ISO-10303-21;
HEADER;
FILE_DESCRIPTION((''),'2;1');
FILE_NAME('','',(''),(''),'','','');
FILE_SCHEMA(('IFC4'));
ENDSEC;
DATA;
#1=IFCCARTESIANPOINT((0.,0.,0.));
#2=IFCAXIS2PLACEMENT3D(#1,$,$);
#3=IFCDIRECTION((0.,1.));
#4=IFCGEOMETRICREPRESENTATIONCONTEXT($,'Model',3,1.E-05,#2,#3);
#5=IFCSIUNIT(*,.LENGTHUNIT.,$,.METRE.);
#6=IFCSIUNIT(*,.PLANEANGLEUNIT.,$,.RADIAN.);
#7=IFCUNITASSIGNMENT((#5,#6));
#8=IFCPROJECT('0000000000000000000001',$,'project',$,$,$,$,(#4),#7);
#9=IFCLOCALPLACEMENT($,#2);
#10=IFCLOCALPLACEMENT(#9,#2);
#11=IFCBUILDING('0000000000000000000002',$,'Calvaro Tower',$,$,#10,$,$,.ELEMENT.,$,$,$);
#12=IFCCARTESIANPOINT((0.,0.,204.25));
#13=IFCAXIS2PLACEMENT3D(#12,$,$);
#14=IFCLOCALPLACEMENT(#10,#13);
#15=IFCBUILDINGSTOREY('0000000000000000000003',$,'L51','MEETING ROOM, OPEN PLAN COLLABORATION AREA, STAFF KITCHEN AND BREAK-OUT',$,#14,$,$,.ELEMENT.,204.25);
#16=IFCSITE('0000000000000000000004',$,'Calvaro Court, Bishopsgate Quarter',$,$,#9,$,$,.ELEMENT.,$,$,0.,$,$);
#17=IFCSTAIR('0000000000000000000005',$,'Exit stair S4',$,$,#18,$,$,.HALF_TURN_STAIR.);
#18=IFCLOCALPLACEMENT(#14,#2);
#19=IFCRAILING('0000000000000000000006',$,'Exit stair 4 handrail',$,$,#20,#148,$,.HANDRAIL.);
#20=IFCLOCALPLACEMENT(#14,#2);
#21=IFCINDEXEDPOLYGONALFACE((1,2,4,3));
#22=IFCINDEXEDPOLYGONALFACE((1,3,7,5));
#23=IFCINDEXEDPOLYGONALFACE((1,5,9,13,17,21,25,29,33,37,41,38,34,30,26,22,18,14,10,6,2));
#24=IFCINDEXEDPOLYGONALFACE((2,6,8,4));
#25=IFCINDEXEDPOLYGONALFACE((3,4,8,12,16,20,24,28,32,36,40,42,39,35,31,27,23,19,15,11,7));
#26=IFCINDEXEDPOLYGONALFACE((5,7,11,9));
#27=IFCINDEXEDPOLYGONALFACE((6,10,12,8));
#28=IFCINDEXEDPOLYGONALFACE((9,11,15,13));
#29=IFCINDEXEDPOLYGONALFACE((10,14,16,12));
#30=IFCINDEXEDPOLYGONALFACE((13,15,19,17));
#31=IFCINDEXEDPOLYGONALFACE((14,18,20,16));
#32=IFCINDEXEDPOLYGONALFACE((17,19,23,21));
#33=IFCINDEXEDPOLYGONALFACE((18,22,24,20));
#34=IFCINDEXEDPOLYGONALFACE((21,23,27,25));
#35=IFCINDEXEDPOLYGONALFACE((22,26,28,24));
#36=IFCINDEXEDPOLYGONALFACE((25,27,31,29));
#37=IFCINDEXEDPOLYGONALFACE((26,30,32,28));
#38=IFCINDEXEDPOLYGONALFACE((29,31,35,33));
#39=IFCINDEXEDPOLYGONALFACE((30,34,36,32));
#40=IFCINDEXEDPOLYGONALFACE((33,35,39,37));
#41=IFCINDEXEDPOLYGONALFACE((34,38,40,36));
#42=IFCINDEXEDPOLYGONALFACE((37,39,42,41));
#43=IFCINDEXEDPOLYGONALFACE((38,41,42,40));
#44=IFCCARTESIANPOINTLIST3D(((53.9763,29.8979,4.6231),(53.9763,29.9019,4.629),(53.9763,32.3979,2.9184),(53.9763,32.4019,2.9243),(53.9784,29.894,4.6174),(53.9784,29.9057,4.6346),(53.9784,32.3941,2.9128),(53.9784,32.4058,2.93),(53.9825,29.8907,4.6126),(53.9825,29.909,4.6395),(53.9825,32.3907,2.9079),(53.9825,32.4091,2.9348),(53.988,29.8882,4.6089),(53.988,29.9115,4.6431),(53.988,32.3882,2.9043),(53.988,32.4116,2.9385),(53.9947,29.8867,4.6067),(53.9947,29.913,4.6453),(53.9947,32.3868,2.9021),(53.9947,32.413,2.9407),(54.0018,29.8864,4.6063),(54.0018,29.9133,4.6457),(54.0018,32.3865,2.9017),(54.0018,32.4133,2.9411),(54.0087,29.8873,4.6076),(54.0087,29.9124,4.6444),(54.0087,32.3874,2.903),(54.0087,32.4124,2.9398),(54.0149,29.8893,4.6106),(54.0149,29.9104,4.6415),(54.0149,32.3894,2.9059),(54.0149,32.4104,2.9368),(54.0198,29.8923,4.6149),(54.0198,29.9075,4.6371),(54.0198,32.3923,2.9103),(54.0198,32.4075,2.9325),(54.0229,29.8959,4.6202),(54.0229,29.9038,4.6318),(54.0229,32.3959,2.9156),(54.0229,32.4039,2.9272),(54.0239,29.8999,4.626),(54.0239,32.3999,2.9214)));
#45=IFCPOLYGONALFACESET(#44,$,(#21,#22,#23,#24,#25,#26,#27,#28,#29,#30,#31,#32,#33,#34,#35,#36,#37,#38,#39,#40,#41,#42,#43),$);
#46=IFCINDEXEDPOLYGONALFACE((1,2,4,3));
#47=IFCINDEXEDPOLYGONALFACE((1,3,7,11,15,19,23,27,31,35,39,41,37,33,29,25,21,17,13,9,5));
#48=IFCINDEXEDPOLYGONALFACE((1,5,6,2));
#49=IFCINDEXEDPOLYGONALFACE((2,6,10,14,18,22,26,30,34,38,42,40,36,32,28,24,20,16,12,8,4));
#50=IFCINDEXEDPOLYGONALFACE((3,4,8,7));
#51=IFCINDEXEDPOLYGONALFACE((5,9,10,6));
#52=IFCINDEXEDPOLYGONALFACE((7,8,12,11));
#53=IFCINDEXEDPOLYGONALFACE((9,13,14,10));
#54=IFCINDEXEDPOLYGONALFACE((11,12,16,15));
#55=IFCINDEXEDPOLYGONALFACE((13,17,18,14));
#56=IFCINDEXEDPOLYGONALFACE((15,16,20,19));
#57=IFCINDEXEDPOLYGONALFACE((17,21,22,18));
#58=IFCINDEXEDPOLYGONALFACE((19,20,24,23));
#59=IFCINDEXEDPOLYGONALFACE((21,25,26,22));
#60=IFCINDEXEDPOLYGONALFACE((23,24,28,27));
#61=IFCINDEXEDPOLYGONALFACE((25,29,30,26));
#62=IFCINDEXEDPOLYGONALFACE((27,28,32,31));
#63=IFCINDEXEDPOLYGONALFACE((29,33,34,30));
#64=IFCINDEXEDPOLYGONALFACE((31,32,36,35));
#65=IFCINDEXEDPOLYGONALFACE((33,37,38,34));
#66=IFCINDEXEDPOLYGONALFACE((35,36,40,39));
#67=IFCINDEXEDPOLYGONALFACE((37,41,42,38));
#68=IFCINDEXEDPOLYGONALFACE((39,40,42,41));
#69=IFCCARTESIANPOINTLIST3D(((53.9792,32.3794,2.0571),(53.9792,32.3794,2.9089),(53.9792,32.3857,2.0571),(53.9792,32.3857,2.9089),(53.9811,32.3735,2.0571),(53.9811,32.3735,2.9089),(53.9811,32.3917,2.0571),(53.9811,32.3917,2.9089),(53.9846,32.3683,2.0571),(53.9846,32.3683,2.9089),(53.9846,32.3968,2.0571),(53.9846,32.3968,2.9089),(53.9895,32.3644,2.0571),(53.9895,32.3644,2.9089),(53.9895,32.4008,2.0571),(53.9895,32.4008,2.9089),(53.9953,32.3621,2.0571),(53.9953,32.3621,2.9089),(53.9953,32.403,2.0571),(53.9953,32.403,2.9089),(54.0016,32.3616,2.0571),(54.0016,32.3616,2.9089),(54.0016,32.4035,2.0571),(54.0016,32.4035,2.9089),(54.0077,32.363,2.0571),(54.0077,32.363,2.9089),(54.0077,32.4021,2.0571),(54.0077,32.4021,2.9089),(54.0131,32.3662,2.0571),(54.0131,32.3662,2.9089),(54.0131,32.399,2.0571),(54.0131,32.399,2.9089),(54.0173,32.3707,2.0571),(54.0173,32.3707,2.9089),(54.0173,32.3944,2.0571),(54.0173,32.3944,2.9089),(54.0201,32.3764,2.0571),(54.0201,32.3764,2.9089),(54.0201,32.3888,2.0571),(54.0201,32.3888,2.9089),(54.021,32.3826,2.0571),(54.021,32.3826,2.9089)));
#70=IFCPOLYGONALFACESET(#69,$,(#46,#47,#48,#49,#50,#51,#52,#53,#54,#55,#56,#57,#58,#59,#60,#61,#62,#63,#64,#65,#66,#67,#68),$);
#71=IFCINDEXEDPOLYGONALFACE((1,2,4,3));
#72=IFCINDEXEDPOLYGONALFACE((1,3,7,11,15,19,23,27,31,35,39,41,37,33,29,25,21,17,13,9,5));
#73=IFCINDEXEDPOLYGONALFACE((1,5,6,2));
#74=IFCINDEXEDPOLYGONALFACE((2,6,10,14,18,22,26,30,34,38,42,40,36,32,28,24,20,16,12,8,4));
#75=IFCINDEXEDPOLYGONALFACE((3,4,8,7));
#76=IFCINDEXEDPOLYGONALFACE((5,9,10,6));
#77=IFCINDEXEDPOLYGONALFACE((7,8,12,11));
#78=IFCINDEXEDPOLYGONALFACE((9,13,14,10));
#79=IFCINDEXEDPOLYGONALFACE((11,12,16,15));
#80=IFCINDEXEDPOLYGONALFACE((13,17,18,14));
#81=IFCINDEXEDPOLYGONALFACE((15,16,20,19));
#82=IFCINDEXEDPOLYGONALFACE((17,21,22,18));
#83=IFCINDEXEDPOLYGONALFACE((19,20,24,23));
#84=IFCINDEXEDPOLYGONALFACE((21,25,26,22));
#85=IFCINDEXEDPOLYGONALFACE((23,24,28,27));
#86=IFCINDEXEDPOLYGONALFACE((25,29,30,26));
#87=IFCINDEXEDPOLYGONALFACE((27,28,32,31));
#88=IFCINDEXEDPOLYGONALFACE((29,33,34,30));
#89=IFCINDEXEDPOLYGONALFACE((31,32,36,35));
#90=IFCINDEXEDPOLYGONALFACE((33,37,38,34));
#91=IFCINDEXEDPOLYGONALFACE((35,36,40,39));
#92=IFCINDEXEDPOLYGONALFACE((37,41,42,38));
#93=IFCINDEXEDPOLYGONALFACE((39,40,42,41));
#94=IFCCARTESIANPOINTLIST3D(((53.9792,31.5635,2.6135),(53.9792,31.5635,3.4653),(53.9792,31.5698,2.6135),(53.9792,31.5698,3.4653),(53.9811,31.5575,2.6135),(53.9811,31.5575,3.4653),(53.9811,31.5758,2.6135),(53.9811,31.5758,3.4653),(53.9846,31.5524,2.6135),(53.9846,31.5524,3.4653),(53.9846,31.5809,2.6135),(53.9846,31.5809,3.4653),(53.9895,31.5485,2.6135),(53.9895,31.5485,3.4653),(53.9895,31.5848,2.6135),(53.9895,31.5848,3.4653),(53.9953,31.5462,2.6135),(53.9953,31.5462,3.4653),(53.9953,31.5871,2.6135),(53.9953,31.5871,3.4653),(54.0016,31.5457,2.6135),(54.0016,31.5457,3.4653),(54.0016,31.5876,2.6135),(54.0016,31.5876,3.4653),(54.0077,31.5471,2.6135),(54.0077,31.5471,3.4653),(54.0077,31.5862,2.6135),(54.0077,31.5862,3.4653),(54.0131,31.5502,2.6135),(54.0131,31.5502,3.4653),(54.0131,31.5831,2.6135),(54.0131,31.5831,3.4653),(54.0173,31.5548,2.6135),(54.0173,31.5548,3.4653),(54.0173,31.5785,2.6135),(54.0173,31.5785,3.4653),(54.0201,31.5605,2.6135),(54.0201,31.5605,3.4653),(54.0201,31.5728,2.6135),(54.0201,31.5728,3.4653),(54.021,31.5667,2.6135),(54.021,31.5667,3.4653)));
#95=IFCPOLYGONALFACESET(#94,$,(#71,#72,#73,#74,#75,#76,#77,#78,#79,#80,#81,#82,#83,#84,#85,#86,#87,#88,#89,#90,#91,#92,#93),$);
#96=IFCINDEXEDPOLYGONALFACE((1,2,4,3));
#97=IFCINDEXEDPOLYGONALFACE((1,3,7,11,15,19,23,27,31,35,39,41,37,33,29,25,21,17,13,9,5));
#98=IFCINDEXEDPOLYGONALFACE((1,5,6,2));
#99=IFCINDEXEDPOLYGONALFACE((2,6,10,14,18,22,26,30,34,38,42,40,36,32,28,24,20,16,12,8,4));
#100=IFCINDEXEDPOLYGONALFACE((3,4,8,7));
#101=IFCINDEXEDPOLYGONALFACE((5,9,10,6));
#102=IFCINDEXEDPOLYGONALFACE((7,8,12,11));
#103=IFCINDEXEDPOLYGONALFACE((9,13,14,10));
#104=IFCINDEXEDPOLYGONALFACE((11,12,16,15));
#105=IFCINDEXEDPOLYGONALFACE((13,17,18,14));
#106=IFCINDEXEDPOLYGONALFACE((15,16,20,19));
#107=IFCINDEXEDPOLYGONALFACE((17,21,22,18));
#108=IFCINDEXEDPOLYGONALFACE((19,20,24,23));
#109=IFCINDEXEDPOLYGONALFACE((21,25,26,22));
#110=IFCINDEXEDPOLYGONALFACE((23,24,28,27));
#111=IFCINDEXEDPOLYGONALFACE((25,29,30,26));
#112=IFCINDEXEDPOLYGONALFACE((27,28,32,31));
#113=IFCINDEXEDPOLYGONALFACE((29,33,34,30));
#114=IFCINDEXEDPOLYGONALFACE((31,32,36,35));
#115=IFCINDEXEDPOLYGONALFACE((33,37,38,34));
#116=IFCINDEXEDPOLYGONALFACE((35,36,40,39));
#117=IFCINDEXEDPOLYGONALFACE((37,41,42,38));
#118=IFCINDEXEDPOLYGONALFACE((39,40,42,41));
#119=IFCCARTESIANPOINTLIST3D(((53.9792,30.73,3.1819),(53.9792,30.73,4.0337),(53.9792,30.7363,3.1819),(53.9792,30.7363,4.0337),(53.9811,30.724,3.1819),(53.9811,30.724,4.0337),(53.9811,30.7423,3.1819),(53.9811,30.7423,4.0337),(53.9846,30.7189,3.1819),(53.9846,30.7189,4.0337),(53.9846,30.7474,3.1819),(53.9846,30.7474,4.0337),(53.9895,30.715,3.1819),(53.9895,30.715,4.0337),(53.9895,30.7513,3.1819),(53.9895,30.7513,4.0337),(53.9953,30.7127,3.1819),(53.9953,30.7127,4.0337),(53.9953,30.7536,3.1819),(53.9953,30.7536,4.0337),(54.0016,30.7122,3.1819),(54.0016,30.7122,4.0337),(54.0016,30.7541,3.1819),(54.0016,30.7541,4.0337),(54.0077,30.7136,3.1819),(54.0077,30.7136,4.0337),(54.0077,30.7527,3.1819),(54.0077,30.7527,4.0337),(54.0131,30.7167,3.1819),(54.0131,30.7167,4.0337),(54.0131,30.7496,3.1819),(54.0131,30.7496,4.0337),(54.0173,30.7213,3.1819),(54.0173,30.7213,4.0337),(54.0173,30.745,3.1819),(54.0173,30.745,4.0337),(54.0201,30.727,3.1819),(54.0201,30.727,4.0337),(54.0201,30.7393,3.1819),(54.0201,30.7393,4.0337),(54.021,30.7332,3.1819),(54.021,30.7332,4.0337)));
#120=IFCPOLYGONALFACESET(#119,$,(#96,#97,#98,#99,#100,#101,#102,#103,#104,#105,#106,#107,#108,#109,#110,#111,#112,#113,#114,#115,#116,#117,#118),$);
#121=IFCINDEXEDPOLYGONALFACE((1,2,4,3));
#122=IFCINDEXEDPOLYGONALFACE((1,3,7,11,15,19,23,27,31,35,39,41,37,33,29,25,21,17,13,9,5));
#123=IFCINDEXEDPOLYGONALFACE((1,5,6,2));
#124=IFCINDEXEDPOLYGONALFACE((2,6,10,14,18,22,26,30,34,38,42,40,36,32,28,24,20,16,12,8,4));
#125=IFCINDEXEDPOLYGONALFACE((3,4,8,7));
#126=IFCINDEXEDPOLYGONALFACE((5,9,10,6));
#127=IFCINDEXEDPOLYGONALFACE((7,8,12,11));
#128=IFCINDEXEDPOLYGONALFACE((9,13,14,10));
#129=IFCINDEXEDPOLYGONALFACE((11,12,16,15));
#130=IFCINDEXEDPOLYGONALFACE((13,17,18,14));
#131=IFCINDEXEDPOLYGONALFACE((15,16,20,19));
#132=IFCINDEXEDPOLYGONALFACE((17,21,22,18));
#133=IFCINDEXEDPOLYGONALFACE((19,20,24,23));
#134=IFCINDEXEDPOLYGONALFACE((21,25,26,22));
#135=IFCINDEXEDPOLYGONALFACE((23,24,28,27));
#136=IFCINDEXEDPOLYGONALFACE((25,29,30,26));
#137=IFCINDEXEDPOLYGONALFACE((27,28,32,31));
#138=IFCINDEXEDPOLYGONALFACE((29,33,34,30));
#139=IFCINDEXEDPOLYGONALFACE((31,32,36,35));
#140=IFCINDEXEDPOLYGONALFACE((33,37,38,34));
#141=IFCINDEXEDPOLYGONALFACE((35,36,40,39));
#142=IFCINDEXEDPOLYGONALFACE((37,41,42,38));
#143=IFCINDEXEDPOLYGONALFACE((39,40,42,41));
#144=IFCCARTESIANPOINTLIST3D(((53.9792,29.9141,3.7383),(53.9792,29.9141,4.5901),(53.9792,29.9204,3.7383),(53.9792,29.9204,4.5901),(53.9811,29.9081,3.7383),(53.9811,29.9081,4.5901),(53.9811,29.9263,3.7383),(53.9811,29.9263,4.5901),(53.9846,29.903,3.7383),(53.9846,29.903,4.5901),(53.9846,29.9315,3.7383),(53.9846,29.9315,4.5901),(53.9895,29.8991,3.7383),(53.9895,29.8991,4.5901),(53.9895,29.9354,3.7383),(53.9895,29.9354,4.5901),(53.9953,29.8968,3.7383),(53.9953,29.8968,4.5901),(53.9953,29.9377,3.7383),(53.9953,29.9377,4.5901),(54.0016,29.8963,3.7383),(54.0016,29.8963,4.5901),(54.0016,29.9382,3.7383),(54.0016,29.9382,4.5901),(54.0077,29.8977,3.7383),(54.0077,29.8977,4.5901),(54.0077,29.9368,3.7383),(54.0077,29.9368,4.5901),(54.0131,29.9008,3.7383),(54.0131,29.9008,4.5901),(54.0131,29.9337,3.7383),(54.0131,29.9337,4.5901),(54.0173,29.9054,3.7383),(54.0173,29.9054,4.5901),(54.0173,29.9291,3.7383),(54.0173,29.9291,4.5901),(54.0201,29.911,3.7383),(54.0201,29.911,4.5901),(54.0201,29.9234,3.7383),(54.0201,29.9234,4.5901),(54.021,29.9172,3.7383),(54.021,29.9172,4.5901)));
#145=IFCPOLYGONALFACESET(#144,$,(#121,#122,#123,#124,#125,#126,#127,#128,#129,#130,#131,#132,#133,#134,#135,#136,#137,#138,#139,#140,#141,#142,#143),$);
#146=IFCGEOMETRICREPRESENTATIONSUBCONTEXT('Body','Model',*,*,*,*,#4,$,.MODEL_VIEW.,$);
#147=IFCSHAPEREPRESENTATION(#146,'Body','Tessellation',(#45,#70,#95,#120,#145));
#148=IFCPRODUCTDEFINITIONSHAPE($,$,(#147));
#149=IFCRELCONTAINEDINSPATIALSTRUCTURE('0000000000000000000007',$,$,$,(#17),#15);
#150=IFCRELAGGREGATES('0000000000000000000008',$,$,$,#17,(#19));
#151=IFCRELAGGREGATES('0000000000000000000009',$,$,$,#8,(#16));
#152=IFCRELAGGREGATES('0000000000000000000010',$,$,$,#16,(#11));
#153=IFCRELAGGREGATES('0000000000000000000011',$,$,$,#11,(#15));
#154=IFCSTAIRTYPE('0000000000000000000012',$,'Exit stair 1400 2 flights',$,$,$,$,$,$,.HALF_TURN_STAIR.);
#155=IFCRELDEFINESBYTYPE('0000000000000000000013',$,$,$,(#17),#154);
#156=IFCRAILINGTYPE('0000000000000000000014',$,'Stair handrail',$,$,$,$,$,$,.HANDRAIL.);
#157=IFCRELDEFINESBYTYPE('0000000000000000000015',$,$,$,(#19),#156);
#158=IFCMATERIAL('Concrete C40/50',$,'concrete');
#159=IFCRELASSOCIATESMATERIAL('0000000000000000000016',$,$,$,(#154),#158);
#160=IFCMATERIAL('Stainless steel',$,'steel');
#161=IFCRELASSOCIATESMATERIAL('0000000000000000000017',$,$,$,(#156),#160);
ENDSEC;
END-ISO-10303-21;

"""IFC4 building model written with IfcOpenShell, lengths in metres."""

from ifc_helpers import new_model, si_unit, direction, frame, origin, origin_2d, place, context, subcontext, project, spatial, circle, extrude, material, type_object, element, aggregate, save


model = new_model("IFC4")

# Units and contexts
model_context = context("Model", 3, precision=1e-05, world=origin(), true_north=direction((0.0, 1.0)))
body_context = subcontext(model_context, "Body", "Model", "MODEL_VIEW")
ifc_project = project(units=[si_unit("LENGTHUNIT", "METRE"), si_unit("PLANEANGLEUNIT", "RADIAN")], contexts=[model_context])

# Site, building, storey
site_placement = place(None, origin())
site = spatial("IfcSite", under=ifc_project, at=site_placement, Name="Calvaro Court, Bishopsgate Quarter", CompositionType="ELEMENT", RefElevation=0.0)
building_placement = place(site_placement, origin())
building = spatial("IfcBuilding", under=site, at=building_placement, Name="Calvaro Tower", CompositionType="ELEMENT")
storey_placement = place(building_placement, frame((0.0, 0.0, 204.25)))
storey = spatial("IfcBuildingStorey", under=building, at=storey_placement, Name="L51", Description="MEETING ROOM, OPEN PLAN COLLABORATION AREA, STAFF KITCHEN AND BREAK-OUT", CompositionType="ELEMENT", Elevation=204.25)

# Stair
ifc_material_1 = material(Name="Concrete C40/50", Category="concrete")
stair_type = type_object("IfcStairType", Name="Exit stair 1400 2 flights", PredefinedType="HALF_TURN_STAIR", material=ifc_material_1)
stair_1_placement = place(storey_placement, origin())
stair_1 = element("IfcStair", 1, at=stair_1_placement, inside=storey, type_object=stair_type, Name="Exit stair S4", PredefinedType="HALF_TURN_STAIR")

# Railing
ifc_material_2 = material(Name="Stainless steel", Category="steel")
railing_type = type_object("IfcRailingType", Name="Stair handrail", PredefinedType="HANDRAIL", material=ifc_material_2)
railing_1_placement = place(storey_placement, frame((54.0, 32.3999, 2.0454)))
railing_1 = element("IfcRailing", 2, at=railing_1_placement, type_object=railing_type, Name="Exit stair 4 handrail", PredefinedType="HANDRAIL", context=body_context, shape_type="SweptSolid", body=[
    extrude(circle(Radius=0.0239, at=origin_2d()), frame((0.0, 0.0, 0.876), z_axis=(0.0, -0.826221, 0.563347), x_axis=(1.0, 0.0, 0.0)), (0.0, 0.0, 1.0), 3.0259),
    extrude(circle(Radius=0.021, at=origin_2d()), frame((0.0, -0.0173, 0.0117)), (0.0, 0.0, 1.0), 0.8518),
    extrude(circle(Radius=0.021, at=origin_2d()), frame((0.0, -0.8333, 0.5681)), (0.0, 0.0, 1.0), 0.8518),
    extrude(circle(Radius=0.021, at=origin_2d()), frame((0.0, -1.6667, 1.1365)), (0.0, 0.0, 1.0), 0.8518),
    extrude(circle(Radius=0.021, at=origin_2d()), frame((0.0, -2.4827, 1.6929)), (0.0, 0.0, 1.0), 0.8518),
])
aggregate(stair_1, [railing_1])

save(model, "model.ifc")
